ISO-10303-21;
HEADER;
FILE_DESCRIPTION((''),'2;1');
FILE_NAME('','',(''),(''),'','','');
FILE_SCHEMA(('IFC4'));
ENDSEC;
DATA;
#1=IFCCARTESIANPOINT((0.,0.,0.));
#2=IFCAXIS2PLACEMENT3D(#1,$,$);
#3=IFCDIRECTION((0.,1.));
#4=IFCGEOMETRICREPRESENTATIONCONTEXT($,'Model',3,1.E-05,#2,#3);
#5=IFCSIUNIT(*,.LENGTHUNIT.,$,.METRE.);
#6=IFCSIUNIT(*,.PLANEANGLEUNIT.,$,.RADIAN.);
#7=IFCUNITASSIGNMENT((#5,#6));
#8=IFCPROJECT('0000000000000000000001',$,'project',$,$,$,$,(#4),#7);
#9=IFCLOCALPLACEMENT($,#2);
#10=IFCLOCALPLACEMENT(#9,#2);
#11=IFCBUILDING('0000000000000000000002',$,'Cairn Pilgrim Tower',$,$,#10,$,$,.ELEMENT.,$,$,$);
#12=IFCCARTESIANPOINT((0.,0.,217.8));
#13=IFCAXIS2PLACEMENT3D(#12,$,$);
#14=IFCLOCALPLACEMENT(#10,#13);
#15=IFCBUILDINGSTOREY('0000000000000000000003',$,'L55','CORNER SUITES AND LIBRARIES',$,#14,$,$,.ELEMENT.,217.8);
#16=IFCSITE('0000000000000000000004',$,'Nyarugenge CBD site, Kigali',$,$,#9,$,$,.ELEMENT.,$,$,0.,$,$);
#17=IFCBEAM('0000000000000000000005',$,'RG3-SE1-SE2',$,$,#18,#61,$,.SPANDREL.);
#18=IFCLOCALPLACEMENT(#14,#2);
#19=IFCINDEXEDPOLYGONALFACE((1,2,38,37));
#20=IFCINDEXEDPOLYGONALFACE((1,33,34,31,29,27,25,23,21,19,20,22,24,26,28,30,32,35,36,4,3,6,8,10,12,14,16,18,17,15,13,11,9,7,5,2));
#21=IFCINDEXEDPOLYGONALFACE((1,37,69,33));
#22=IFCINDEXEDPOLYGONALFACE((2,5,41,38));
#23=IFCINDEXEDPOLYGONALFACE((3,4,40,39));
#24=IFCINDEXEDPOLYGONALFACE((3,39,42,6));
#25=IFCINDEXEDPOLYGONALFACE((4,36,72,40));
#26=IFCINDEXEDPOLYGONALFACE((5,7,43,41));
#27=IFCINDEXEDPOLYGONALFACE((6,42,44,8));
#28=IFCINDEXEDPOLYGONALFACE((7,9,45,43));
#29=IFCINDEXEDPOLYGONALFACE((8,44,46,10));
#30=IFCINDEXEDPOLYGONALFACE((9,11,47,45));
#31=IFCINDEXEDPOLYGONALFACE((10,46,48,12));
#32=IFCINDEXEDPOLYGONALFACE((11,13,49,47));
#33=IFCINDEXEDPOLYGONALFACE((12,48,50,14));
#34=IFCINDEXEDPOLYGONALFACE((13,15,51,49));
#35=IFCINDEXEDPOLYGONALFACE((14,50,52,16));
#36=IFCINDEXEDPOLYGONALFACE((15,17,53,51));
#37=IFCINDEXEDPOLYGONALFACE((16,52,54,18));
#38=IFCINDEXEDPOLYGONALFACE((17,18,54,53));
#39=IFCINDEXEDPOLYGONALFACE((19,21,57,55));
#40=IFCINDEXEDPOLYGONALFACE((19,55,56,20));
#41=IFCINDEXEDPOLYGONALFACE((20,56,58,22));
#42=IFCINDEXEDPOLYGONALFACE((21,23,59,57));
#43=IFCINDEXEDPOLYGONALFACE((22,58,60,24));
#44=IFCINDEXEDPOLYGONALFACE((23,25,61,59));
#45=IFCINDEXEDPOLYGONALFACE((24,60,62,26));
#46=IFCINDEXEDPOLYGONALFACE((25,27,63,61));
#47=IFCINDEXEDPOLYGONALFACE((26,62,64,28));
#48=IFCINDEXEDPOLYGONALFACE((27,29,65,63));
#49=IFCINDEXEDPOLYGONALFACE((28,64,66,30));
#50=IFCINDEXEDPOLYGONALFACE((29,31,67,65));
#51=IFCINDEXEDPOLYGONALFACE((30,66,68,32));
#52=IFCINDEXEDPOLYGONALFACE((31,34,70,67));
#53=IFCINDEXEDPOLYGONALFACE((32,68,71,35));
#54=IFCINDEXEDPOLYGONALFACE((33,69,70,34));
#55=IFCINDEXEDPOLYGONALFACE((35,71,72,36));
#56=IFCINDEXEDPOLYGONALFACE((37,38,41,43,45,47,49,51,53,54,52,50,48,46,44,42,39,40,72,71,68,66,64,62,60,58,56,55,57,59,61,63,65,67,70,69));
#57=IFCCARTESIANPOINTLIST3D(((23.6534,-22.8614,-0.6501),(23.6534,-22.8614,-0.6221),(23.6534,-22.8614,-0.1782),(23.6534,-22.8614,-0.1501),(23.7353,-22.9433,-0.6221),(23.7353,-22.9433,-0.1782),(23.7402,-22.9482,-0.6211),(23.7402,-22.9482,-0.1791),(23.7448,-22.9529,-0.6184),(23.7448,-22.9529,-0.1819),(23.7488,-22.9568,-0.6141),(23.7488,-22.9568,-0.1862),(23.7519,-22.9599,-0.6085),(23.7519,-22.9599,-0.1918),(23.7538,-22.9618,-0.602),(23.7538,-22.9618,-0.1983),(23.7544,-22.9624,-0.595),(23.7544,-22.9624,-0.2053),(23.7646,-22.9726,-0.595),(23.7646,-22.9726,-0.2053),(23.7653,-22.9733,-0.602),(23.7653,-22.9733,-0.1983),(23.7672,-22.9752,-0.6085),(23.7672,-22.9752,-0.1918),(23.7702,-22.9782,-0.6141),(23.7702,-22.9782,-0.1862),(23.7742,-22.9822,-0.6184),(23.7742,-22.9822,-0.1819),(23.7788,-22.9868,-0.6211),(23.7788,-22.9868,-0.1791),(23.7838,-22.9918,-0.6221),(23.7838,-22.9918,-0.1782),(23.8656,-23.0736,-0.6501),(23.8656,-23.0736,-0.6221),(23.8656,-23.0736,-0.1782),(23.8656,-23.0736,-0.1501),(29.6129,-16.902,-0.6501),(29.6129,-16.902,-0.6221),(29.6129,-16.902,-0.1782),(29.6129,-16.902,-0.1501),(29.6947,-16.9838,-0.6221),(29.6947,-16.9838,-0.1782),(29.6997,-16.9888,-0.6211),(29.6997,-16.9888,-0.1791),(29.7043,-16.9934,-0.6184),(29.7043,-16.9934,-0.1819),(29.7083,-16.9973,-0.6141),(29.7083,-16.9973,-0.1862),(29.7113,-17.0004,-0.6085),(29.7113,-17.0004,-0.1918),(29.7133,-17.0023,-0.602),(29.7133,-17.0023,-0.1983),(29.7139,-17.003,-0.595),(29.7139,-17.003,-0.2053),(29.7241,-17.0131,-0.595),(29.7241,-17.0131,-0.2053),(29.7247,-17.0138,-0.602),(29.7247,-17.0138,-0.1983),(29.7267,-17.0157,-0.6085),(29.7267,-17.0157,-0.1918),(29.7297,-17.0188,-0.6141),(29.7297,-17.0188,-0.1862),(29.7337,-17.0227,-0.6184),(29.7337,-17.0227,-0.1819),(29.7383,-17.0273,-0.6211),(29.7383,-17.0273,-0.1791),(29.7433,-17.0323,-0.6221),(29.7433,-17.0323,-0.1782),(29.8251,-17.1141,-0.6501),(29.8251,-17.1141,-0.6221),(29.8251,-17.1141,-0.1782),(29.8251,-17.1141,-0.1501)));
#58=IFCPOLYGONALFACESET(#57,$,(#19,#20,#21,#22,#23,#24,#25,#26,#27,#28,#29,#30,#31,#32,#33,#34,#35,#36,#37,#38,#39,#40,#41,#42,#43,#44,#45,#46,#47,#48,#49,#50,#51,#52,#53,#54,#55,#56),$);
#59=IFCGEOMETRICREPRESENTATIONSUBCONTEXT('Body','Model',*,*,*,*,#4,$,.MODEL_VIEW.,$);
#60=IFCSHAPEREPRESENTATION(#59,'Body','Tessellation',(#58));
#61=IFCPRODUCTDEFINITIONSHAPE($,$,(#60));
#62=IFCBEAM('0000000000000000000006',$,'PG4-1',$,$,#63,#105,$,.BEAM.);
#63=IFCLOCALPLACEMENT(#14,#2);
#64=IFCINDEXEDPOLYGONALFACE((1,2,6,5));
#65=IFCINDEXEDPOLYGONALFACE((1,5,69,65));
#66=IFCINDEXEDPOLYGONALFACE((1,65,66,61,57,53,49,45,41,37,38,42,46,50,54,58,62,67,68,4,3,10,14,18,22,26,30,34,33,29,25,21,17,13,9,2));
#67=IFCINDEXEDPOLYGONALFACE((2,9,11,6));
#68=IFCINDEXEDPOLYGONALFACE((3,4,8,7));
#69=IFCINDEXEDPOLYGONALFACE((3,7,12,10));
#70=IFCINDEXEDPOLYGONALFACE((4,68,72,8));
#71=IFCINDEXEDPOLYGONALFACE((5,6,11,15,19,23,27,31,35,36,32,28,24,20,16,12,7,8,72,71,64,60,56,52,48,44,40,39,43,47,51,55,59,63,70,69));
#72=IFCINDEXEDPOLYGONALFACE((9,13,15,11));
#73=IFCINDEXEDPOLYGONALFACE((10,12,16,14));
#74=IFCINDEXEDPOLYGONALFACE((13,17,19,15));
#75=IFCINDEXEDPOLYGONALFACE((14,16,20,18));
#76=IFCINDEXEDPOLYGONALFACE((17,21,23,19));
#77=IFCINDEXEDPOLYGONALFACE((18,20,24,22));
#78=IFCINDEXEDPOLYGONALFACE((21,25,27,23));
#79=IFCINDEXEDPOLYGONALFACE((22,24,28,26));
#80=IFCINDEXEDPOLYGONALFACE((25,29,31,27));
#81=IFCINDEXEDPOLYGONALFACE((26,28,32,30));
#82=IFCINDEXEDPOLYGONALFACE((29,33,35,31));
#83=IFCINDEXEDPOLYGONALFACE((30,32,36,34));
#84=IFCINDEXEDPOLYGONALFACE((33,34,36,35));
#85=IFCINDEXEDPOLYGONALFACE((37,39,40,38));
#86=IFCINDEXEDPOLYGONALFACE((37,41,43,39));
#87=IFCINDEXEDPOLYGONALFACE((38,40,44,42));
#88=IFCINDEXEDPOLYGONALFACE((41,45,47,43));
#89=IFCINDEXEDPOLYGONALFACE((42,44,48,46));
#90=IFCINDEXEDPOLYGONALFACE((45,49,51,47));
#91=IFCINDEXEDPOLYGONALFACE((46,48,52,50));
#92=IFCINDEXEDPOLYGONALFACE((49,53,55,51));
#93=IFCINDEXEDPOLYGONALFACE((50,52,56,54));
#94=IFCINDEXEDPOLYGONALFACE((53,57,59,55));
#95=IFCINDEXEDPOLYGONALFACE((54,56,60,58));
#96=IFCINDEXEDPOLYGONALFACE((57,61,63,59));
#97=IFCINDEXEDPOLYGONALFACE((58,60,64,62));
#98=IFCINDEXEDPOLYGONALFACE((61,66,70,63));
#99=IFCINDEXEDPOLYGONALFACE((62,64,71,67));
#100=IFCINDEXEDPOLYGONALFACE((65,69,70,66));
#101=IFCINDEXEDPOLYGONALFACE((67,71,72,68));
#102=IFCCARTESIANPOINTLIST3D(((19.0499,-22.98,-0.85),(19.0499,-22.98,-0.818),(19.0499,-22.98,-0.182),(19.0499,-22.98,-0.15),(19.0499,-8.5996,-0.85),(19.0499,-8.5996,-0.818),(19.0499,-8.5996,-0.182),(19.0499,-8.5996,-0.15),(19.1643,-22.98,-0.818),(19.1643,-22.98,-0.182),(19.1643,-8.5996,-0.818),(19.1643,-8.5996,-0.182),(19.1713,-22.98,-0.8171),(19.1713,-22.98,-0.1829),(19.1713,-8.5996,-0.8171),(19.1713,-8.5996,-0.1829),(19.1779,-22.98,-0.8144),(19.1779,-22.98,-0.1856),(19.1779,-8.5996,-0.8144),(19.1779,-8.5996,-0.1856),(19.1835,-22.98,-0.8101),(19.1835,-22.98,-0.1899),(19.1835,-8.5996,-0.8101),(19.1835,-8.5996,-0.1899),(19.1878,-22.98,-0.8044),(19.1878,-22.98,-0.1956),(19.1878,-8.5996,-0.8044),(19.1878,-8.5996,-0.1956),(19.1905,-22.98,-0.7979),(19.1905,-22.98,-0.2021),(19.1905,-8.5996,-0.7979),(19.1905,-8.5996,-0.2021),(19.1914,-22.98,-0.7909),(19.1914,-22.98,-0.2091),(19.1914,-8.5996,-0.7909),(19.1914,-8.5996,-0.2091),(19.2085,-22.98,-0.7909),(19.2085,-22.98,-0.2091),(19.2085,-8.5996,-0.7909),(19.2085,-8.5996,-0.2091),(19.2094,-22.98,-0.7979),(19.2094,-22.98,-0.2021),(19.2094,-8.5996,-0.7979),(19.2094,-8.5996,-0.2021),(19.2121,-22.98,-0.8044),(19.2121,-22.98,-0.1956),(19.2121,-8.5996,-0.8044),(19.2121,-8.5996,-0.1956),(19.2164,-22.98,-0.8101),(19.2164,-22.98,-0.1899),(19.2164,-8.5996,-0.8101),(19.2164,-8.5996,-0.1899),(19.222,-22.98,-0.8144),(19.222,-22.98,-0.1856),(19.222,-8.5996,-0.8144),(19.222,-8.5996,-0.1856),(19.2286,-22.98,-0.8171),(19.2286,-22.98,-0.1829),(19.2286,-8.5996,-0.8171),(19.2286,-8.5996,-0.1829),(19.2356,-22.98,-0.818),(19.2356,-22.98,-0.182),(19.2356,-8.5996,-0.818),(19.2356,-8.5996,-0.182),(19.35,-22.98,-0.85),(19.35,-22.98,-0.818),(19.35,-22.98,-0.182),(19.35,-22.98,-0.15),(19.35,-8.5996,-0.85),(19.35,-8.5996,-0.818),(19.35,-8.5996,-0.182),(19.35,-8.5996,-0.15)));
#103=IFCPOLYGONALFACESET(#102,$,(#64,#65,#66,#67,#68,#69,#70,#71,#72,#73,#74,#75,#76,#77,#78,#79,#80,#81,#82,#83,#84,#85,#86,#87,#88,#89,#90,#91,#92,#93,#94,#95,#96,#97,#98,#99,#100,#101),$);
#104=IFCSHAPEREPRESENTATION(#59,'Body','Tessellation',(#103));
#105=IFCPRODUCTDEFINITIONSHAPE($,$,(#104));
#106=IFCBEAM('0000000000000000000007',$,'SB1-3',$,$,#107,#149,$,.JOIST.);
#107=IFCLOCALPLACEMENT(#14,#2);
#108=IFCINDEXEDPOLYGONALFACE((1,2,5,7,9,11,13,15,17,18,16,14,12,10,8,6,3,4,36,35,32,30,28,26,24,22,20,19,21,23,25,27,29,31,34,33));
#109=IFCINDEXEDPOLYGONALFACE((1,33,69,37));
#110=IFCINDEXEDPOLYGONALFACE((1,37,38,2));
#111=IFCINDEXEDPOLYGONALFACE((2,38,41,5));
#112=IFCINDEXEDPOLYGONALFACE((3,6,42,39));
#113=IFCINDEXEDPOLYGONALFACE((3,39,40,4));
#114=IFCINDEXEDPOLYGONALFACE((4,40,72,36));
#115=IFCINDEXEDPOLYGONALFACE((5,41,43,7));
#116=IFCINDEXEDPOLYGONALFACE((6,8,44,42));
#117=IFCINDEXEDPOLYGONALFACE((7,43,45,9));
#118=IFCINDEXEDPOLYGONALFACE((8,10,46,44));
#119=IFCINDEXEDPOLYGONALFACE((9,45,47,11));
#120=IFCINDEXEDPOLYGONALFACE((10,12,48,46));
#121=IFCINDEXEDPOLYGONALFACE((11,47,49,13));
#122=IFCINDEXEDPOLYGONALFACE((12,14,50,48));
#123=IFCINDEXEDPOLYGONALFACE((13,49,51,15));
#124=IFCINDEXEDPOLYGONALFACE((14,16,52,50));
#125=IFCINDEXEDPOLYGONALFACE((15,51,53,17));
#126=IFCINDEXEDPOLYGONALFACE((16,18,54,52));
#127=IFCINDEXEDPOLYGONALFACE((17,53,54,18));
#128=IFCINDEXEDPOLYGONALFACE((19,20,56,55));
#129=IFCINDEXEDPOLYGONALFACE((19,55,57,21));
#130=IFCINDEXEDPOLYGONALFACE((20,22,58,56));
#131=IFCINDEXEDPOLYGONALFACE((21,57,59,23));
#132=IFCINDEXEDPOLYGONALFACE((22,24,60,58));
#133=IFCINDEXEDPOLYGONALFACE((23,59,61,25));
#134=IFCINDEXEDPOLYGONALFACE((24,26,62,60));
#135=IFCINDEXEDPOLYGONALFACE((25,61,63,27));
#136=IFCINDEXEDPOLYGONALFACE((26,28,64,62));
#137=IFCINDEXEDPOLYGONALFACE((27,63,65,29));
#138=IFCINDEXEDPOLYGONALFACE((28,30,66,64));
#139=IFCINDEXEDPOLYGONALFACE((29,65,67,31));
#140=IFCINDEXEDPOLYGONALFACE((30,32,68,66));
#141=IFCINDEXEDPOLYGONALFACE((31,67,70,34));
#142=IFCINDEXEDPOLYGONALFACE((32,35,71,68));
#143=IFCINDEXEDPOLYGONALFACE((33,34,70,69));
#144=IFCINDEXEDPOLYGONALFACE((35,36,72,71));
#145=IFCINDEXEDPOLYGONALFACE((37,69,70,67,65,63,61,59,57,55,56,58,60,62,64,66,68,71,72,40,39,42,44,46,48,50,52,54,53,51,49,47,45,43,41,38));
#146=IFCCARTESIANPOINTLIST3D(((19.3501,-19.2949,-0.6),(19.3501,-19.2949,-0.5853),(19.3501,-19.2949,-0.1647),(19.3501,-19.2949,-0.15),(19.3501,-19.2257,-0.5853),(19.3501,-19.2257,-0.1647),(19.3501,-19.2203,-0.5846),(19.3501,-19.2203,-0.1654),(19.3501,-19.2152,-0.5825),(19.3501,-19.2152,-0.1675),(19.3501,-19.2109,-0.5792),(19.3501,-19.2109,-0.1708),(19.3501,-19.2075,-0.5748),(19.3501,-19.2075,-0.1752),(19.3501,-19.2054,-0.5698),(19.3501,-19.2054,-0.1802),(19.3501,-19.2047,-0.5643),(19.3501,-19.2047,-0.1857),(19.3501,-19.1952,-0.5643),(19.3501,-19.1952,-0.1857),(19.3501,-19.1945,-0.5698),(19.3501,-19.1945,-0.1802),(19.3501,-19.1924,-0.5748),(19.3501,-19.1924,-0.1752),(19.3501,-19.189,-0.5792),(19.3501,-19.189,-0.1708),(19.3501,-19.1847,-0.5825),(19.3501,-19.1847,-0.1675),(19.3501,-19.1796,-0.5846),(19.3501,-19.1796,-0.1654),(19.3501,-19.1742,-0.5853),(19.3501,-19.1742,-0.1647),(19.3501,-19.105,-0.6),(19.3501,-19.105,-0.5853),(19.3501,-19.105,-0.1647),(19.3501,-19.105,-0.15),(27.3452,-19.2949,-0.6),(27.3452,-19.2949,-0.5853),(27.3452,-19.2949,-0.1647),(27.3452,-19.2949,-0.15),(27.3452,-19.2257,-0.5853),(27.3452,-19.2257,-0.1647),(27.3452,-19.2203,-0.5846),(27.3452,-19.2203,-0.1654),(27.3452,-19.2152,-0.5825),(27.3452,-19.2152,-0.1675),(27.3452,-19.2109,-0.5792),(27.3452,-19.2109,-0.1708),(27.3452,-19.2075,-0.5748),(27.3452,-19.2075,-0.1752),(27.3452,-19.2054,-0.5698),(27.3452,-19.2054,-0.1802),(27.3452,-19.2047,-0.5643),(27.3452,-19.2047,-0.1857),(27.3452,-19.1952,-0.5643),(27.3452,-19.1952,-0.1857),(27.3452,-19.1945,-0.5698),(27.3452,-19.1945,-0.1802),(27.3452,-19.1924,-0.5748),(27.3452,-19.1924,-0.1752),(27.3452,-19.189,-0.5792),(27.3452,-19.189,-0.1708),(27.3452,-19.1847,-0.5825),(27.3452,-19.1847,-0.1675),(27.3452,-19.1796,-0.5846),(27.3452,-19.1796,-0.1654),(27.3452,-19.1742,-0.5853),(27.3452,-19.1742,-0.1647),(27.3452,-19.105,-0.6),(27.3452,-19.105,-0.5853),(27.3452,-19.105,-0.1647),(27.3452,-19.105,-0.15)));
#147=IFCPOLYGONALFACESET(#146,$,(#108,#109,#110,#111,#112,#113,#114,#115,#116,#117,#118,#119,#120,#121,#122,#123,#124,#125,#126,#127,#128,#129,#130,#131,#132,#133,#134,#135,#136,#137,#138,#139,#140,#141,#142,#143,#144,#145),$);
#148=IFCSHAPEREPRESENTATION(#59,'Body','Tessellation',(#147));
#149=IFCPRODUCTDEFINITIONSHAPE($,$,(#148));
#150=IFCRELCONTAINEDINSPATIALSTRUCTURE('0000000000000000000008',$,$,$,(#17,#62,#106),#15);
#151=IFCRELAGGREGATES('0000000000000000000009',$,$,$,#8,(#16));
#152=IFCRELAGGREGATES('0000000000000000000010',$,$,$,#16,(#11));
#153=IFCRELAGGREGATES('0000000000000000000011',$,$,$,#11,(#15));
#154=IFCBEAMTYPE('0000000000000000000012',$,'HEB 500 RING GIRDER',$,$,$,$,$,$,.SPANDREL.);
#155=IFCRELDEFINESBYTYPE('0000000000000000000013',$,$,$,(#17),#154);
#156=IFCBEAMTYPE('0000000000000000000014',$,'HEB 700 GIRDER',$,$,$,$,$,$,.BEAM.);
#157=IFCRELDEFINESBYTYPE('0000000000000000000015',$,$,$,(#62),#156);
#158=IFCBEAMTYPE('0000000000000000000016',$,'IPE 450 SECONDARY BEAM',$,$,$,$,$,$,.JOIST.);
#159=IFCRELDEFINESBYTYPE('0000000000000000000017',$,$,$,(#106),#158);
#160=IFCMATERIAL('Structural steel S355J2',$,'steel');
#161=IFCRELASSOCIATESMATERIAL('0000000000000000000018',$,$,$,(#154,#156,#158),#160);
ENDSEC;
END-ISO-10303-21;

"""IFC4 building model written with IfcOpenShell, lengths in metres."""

from ifc_helpers import new_model, si_unit, direction, frame, origin, origin_2d, place, context, subcontext, project, spatial, i_section, extrude, material, material_profile, profile_set, type_object, element, save


model = new_model("IFC4")

# Units and contexts
model_context = context("Model", 3, precision=1e-05, world=origin(), true_north=direction((0.0, 1.0)))
body_context = subcontext(model_context, "Body", "Model", "MODEL_VIEW")
ifc_project = project(units=[si_unit("LENGTHUNIT", "METRE"), si_unit("PLANEANGLEUNIT", "RADIAN")], contexts=[model_context])

# Site, building, storey
site_placement = place(None, origin())
site = spatial("IfcSite", under=ifc_project, at=site_placement, Name="Nyarugenge CBD site, Kigali", CompositionType="ELEMENT", RefElevation=0.0)
building_placement = place(site_placement, origin())
building = spatial("IfcBuilding", under=site, at=building_placement, Name="Cairn Pilgrim Tower", CompositionType="ELEMENT")
storey_placement = place(building_placement, frame((0.0, 0.0, 217.8)))
storey = spatial("IfcBuildingStorey", under=building, at=storey_placement, Name="L55", Description="CORNER SUITES AND LIBRARIES", CompositionType="ELEMENT", Elevation=217.8)

# Beams
ifc_material_1 = material(Name="Structural steel S355J2", Category="steel")
ifc_material_profile_1 = material_profile(ifc_material_1, i_section(OverallWidth=0.3, OverallDepth=0.5, WebThickness=0.0144, FlangeThickness=0.0281, FilletRadius=0.0271, at=origin_2d()), Name="HEB 500")
ifc_profile_set_1 = profile_set([ifc_material_profile_1], Name="Structural steel S355J2")
beam_type_1 = type_object("IfcBeamType", Name="HEB 500 RING GIRDER", PredefinedType="SPANDREL", material=ifc_profile_set_1)
beam_1_placement = place(storey_placement, frame((23.7595, -22.9675, -0.4001), z_axis=(0.707107, 0.707107, 0.0), x_axis=(-0.707107, 0.707107, 0.0)))
element("IfcBeam", 1, at=beam_1_placement, inside=storey, type_object=beam_type_1, Name="RG3-SE1-SE2", PredefinedType="SPANDREL", context=body_context, shape_type="SweptSolid", body=[
    extrude(i_section(OverallWidth=0.3, OverallDepth=0.5, WebThickness=0.0144, FlangeThickness=0.0281, FilletRadius=0.0271, at=origin_2d()), origin(), (0.0, 0.0, 1.0), 8.428),
])
ifc_material_profile_2 = material_profile(ifc_material_1, i_section(OverallWidth=0.3, OverallDepth=0.7, WebThickness=0.0171, FlangeThickness=0.032, FilletRadius=0.0271, at=origin_2d()), Name="HEB 700")
ifc_profile_set_2 = profile_set([ifc_material_profile_2], Name="Structural steel S355J2")
beam_type_2 = type_object("IfcBeamType", Name="HEB 700 GIRDER", PredefinedType="BEAM", material=ifc_profile_set_2)
beam_2_placement = place(storey_placement, frame((19.2, -22.98, -0.5), z_axis=(0.0, 1.0, 0.0), x_axis=(-1.0, 0.0, 0.0)))
element("IfcBeam", 2, at=beam_2_placement, inside=storey, type_object=beam_type_2, Name="PG4-1", PredefinedType="BEAM", context=body_context, shape_type="SweptSolid", body=[
    extrude(i_section(OverallWidth=0.3, OverallDepth=0.7, WebThickness=0.0171, FlangeThickness=0.032, FilletRadius=0.0271, at=origin_2d()), origin(), (0.0, 0.0, 1.0), 14.3804),
])
ifc_material_profile_3 = material_profile(ifc_material_1, i_section(OverallWidth=0.1899, OverallDepth=0.45, WebThickness=0.0095, FlangeThickness=0.0146, FilletRadius=0.021, at=origin_2d()), Name="IPE 450")
ifc_profile_set_3 = profile_set([ifc_material_profile_3], Name="Structural steel S355J2")
beam_type_3 = type_object("IfcBeamType", Name="IPE 450 SECONDARY BEAM", PredefinedType="JOIST", material=ifc_profile_set_3)
beam_3_placement = place(storey_placement, frame((19.3501, -19.2, -0.375), z_axis=(1.0, 0.0, 0.0), x_axis=(0.0, 1.0, 0.0)))
element("IfcBeam", 3, at=beam_3_placement, inside=storey, type_object=beam_type_3, Name="SB1-3", PredefinedType="JOIST", context=body_context, shape_type="SweptSolid", body=[
    extrude(i_section(OverallWidth=0.1899, OverallDepth=0.45, WebThickness=0.0095, FlangeThickness=0.0146, FilletRadius=0.021, at=origin_2d()), origin(), (0.0, 0.0, 1.0), 7.9951),
])

save(model, "model.ifc")
